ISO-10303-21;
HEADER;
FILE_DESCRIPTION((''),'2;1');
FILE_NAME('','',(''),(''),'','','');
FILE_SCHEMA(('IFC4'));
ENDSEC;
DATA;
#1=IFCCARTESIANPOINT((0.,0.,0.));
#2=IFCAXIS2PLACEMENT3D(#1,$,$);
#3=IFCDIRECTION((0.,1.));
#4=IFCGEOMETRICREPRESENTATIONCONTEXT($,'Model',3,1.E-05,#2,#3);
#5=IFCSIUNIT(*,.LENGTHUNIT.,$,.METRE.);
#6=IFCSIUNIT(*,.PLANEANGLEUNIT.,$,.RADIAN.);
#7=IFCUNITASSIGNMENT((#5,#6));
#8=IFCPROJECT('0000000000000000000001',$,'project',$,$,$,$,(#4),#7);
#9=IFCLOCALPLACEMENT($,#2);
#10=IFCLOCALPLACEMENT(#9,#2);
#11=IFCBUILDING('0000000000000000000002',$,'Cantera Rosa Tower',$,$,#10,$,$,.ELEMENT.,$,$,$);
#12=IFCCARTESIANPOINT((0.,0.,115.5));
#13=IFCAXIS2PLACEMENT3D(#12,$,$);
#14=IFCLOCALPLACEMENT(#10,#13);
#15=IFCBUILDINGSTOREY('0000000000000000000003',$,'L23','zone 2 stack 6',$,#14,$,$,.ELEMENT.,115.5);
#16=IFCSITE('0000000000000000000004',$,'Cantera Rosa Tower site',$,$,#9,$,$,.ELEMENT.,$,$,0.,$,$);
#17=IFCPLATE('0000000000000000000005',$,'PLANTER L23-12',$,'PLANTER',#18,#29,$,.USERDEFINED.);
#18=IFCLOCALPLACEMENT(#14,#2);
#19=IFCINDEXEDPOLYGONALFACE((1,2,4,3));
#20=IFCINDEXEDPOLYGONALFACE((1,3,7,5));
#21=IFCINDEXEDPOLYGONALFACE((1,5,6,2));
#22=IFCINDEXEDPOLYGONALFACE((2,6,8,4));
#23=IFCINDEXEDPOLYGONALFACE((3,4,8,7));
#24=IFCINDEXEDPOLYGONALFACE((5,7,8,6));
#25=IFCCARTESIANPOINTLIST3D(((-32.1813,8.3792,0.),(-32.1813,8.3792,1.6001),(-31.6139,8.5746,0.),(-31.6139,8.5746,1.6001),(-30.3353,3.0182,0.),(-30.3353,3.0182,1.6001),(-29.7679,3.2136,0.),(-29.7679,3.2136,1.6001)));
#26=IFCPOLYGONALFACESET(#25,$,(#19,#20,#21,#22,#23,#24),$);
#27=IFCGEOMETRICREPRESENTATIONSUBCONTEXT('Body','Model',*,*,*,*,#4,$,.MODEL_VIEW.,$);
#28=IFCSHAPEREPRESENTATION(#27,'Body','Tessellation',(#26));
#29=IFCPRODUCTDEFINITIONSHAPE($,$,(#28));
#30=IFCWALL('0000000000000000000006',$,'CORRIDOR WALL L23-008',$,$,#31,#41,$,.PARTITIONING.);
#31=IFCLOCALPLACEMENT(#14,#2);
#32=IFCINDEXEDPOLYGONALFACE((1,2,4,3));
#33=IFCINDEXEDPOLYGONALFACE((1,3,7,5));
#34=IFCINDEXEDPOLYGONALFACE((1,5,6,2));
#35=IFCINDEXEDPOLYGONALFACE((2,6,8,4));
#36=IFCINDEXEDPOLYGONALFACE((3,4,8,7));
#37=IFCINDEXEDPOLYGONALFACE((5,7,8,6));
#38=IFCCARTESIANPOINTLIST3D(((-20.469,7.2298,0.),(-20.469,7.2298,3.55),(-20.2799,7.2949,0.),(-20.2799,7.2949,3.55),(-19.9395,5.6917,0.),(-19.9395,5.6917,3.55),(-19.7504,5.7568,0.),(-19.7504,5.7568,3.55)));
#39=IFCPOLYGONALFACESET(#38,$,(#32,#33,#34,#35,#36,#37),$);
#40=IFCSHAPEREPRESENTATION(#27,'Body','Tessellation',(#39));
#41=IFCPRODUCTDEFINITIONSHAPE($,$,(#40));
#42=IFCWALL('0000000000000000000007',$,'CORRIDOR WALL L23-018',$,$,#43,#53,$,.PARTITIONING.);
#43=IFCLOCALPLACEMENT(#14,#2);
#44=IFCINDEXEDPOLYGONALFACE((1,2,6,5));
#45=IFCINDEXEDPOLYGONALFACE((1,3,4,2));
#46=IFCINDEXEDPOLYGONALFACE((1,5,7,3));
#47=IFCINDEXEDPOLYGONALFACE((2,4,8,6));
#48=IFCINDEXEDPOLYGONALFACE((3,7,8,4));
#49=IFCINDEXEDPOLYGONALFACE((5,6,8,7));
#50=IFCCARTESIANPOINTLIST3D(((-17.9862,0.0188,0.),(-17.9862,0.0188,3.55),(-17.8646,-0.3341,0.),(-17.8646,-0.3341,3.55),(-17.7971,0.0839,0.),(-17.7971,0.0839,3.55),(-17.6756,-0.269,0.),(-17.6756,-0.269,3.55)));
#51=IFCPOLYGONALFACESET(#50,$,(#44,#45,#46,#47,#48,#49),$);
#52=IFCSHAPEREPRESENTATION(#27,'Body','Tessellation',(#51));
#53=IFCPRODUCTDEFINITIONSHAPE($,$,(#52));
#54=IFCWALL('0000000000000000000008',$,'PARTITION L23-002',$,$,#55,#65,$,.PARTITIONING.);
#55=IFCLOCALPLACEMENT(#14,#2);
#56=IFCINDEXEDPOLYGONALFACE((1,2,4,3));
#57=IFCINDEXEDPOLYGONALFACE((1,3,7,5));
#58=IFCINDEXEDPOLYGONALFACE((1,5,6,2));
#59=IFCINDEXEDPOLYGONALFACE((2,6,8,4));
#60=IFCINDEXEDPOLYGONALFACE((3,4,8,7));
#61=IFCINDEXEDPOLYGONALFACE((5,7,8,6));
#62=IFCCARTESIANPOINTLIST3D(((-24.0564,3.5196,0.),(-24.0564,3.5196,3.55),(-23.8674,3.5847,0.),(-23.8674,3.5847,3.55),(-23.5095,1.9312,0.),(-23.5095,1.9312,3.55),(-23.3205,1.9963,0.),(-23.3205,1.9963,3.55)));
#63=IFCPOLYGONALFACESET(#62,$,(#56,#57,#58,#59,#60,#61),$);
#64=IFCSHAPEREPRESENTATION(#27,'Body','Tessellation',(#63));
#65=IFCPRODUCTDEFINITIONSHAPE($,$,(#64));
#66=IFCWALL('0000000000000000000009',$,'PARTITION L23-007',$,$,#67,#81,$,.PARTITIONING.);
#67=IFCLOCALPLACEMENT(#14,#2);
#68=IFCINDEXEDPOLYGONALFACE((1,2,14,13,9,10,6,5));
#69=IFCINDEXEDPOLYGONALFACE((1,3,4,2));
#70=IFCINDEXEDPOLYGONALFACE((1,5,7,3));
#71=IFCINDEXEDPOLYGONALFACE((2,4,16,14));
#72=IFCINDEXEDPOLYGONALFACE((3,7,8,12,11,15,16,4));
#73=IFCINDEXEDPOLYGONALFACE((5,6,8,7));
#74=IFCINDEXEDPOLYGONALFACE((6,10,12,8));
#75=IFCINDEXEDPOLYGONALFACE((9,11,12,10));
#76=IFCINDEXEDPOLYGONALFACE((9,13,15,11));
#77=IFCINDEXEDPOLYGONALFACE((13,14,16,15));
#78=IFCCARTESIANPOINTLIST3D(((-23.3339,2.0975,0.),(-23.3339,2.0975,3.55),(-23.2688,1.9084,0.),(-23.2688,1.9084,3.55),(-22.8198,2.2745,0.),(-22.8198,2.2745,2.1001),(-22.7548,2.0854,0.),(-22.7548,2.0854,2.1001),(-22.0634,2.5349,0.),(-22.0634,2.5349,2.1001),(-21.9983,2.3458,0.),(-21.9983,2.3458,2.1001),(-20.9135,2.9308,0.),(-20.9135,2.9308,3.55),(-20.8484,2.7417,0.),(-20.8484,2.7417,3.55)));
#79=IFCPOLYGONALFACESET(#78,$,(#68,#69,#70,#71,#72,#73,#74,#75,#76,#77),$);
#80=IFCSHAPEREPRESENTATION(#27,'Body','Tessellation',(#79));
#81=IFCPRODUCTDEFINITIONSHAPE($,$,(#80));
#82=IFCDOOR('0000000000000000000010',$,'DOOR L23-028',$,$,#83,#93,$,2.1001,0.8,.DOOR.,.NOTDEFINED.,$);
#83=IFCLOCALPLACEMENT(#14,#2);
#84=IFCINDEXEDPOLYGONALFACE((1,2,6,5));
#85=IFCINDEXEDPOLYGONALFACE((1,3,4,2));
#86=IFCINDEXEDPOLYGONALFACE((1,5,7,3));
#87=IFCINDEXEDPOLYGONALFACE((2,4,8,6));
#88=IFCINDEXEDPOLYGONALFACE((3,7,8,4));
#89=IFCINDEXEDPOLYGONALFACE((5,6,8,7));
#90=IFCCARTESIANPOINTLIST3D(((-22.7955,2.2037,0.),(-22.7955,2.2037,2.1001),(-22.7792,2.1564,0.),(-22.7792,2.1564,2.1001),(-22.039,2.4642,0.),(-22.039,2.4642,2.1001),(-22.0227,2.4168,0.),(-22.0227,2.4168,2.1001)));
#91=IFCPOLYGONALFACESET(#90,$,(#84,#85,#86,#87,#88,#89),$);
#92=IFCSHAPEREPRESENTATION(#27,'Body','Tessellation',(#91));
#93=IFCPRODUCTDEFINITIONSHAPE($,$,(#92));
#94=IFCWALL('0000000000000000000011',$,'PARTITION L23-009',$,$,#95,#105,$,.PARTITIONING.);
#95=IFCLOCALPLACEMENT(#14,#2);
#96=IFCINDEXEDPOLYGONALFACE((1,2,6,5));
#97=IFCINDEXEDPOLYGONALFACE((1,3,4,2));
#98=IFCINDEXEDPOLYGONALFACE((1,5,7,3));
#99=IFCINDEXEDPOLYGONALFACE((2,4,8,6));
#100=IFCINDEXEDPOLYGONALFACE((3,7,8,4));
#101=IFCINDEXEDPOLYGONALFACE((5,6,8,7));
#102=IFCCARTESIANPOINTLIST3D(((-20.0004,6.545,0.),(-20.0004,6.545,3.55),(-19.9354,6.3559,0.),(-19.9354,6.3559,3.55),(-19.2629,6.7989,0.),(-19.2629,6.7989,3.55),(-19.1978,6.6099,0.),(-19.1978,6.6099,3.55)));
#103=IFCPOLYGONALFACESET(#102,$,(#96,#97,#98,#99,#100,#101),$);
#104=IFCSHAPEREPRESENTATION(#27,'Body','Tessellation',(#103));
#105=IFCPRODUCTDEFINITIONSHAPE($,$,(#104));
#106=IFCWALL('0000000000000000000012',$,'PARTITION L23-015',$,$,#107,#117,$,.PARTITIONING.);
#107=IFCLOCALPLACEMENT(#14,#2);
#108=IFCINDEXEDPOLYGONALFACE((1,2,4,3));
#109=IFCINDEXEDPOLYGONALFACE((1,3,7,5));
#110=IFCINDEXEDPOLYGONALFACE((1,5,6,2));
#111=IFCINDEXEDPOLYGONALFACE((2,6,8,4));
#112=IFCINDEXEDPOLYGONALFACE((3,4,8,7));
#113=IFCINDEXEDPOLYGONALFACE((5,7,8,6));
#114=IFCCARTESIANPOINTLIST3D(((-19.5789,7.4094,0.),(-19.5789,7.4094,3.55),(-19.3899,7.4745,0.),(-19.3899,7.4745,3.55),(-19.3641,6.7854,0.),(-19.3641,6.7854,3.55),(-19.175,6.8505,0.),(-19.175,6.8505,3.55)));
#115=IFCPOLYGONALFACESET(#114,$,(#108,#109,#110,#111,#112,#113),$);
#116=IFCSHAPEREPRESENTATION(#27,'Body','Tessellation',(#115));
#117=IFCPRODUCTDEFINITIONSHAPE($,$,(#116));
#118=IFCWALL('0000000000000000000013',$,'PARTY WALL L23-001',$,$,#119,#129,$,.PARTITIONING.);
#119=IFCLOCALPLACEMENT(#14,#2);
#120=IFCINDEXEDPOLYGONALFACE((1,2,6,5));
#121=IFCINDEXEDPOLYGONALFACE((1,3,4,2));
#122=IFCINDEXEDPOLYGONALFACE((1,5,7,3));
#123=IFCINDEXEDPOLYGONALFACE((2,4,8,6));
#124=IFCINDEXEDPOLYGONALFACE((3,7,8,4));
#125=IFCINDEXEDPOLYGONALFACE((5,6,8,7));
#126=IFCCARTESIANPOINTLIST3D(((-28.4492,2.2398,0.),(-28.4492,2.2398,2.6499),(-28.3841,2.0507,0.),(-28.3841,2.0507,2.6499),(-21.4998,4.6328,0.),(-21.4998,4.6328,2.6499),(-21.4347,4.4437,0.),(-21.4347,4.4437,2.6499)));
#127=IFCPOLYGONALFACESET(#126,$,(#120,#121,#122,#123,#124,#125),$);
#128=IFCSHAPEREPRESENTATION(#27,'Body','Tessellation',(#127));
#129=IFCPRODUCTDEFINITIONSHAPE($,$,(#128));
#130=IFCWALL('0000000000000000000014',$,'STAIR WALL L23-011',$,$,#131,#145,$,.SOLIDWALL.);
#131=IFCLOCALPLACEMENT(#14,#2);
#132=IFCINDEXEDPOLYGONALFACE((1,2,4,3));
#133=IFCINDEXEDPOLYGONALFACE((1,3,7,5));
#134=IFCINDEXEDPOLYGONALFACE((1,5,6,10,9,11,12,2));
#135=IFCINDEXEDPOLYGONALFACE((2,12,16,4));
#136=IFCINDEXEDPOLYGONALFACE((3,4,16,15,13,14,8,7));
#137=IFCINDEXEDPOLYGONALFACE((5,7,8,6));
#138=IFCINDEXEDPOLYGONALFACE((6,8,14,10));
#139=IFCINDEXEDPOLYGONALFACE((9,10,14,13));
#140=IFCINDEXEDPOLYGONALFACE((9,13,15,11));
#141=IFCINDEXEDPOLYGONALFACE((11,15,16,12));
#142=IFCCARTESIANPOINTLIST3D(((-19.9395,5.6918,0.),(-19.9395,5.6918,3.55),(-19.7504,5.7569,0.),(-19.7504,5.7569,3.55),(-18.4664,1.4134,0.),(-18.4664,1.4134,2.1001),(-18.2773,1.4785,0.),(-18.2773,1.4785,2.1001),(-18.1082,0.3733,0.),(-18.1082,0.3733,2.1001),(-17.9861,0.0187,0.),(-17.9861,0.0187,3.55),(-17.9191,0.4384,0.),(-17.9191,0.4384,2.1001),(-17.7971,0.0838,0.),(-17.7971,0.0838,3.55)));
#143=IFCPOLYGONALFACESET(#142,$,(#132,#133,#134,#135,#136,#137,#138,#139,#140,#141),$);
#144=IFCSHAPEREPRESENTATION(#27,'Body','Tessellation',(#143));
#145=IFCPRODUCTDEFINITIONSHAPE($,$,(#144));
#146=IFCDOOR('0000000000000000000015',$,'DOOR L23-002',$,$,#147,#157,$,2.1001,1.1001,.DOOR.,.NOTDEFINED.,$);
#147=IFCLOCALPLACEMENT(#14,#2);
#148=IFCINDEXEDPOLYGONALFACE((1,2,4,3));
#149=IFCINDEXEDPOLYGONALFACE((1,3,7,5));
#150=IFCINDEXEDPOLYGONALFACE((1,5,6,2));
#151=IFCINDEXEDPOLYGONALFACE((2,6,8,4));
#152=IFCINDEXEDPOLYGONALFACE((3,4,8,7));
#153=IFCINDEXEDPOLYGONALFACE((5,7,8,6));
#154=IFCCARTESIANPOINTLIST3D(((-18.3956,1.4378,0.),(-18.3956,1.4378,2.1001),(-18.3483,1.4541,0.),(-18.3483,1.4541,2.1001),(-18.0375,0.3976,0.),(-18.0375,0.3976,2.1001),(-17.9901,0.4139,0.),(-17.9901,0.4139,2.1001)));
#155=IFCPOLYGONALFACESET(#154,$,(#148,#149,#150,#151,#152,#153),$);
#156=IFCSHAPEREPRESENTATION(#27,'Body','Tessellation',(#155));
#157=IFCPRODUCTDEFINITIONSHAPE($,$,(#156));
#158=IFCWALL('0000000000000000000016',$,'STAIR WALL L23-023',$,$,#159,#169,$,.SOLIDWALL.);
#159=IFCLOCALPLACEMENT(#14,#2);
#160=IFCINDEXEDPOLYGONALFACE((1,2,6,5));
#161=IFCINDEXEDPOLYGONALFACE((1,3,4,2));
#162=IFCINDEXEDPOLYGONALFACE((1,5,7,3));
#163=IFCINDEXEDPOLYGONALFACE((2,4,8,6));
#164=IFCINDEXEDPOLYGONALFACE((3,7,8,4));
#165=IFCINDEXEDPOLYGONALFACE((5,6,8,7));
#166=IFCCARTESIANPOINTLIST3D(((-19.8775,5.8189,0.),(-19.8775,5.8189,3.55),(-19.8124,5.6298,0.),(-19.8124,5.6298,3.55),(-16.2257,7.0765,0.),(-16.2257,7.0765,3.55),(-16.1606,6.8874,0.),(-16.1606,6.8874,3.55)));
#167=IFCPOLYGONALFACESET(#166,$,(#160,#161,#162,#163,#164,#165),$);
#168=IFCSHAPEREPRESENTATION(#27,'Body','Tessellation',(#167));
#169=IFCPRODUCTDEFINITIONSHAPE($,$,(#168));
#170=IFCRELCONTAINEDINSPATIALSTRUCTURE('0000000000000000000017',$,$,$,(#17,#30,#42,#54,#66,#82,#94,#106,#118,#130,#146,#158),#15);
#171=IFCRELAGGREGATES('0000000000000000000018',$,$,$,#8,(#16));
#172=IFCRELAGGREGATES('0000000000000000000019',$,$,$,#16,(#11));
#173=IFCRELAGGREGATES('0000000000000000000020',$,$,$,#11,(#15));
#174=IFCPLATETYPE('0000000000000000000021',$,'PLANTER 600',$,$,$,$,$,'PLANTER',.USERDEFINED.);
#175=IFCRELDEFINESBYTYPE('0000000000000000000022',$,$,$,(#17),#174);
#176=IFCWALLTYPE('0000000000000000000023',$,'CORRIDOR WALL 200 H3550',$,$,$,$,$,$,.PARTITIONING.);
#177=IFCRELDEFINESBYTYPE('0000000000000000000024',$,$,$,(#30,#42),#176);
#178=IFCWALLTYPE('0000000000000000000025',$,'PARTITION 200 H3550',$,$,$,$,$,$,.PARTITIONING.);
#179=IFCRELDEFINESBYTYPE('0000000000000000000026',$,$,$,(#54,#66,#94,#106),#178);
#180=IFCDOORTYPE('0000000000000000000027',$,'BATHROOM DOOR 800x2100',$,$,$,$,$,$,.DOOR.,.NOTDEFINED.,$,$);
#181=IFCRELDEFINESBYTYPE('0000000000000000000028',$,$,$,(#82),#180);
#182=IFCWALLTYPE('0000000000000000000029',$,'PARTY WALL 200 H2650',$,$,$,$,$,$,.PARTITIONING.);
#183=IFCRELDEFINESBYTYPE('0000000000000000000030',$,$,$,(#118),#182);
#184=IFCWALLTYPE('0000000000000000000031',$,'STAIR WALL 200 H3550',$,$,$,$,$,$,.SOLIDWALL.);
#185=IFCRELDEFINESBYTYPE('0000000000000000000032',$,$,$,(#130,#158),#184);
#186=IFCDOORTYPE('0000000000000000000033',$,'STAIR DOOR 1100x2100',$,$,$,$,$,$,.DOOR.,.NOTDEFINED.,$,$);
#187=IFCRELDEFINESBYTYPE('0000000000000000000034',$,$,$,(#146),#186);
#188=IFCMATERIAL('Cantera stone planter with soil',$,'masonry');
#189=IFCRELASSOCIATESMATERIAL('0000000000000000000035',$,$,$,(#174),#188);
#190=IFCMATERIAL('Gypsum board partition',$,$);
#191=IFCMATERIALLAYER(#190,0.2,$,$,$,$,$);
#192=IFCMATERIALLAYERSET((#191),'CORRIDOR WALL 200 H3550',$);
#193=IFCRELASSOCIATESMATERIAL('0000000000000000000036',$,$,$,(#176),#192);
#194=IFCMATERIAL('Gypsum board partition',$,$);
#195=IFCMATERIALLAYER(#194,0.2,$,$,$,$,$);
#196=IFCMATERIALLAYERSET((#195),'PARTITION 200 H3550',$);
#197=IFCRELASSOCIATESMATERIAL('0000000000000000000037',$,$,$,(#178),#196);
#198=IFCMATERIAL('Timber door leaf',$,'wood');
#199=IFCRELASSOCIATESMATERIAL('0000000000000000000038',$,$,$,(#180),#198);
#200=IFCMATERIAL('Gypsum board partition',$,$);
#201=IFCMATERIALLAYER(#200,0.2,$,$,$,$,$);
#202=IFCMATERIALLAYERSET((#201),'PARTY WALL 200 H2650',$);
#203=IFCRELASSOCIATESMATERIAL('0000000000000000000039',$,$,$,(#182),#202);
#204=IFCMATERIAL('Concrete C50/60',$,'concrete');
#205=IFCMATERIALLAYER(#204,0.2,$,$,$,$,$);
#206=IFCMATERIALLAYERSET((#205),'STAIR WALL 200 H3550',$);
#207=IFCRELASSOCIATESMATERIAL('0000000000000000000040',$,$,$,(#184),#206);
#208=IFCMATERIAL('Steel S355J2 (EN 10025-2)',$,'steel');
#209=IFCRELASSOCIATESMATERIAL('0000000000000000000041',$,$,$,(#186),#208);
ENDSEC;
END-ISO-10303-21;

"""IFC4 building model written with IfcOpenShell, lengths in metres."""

from ifc_helpers import new_model, si_unit, direction, frame, frame_2d, origin, origin_2d, place, context, subcontext, project, spatial, rectangle, extrude, material, layer, layer_set, type_object, element, fill, save


model = new_model("IFC4")

# Units and contexts
model_context = context("Model", 3, precision=1e-05, world=origin(), true_north=direction((0.0, 1.0)))
body_context = subcontext(model_context, "Body", "Model", "MODEL_VIEW")
ifc_project = project(units=[si_unit("LENGTHUNIT", "METRE"), si_unit("PLANEANGLEUNIT", "RADIAN")], contexts=[model_context])

# Site, building, storey
site_placement = place(None, origin())
site = spatial("IfcSite", under=ifc_project, at=site_placement, Name="Cantera Rosa Tower site", CompositionType="ELEMENT", RefElevation=0.0)
building_placement = place(site_placement, origin())
building = spatial("IfcBuilding", under=site, at=building_placement, Name="Cantera Rosa Tower", CompositionType="ELEMENT")
storey_placement = place(building_placement, frame((0.0, 0.0, 115.5)))
storey = spatial("IfcBuildingStorey", under=building, at=storey_placement, Name="L23", Description="zone 2 stack 6", CompositionType="ELEMENT", Elevation=115.5)

# Plate
ifc_material_1 = material(Name="Cantera stone planter with soil", Category="masonry")
plate_type = type_object("IfcPlateType", Name="PLANTER 600", ElementType="PLANTER", PredefinedType="USERDEFINED", material=ifc_material_1)
plate_placement = place(storey_placement, frame((-30.9746, 5.7964, 0.0), z_axis=(0.0, 0.0, 1.0), x_axis=(0.325568, -0.945519, 0.0)))
element("IfcPlate", 1, at=plate_placement, inside=storey, type_object=plate_type, Name="PLANTER L23-12", ObjectType="PLANTER", PredefinedType="USERDEFINED", context=body_context, shape_type="SweptSolid", body=[
    extrude(rectangle(XDim=5.6699, YDim=0.6001, at=origin_2d()), origin(), (0.0, 0.0, 1.0), 1.6001),
])

# Walls
ifc_material_2 = material(Name="Gypsum board partition")
ifc_layer_1 = layer(ifc_material_2, 0.2)
ifc_layer_set_1 = layer_set([ifc_layer_1], Name="CORRIDOR WALL 200 H3550")
wall_type_1 = type_object("IfcWallType", Name="CORRIDOR WALL 200 H3550", PredefinedType="PARTITIONING", material=ifc_layer_set_1)
wall_1_placement = place(storey_placement, frame((-20.3745, 7.2625, 0.0), z_axis=(0.0, 0.0, 1.0), x_axis=(0.325533, -0.945531, 0.0)))
element("IfcWall", 2, at=wall_1_placement, inside=storey, type_object=wall_type_1, Name="CORRIDOR WALL L23-008", PredefinedType="PARTITIONING", context=body_context, shape_type="SweptSolid", body=[
    extrude(rectangle(XDim=1.6267, YDim=0.2, at=frame_2d((0.8135, 0.0))), origin(), (0.0, 0.0, 1.0), 3.55),
])
wall_2_placement = place(storey_placement, frame((-17.8916, 0.0513, 0.0), z_axis=(0.0, 0.0, 1.0), x_axis=(0.325628, -0.945498, 0.0)))
element("IfcWall", 3, at=wall_2_placement, inside=storey, type_object=wall_type_1, Name="CORRIDOR WALL L23-018", PredefinedType="PARTITIONING", context=body_context, shape_type="SweptSolid", body=[
    extrude(rectangle(XDim=0.3733, YDim=0.2, at=frame_2d((0.1865, 0.0))), origin(), (0.0, 0.0, 1.0), 3.55),
])

# Wall
ifc_material_3 = material(Name="Gypsum board partition")
ifc_layer_2 = layer(ifc_material_3, 0.2)
ifc_layer_set_2 = layer_set([ifc_layer_2], Name="PARTITION 200 H3550")
wall_type_2 = type_object("IfcWallType", Name="PARTITION 200 H3550", PredefinedType="PARTITIONING", material=ifc_layer_set_2)
wall_3_placement = place(storey_placement, frame((-23.415, 1.9639, 0.0), z_axis=(0.0, 0.0, 1.0), x_axis=(-0.325543, 0.945527, 0.0)))
element("IfcWall", 4, at=wall_3_placement, inside=storey, type_object=wall_type_2, Name="PARTITION L23-002", PredefinedType="PARTITIONING", context=body_context, shape_type="SweptSolid", body=[
    extrude(rectangle(XDim=1.6799, YDim=0.2, at=frame_2d((0.8398, 0.0))), origin(), (0.0, 0.0, 1.0), 3.55),
])

# Wall, opening, door
wall_4_placement = place(storey_placement, frame((-20.8811, 2.8362, 0.0), z_axis=(0.0, 0.0, 1.0), x_axis=(-0.945538, -0.325512, 0.0)))
wall_4 = element("IfcWall", 5, at=wall_4_placement, inside=storey, type_object=wall_type_2, Name="PARTITION L23-007", PredefinedType="PARTITIONING", context=body_context, shape_type="SweptSolid", body=[
    extrude(rectangle(XDim=2.5598, YDim=0.2, at=frame_2d((1.2798, 0.0))), origin(), (0.0, 0.0, 1.0), 3.55),
])
opening_1_placement = place(wall_4_placement, frame((1.2161, 0.0, 0.0)))
opening_1 = element("IfcOpeningElement", 6, at=opening_1_placement, cuts=wall_4, PredefinedType="OPENING", context=body_context, shape_type="SweptSolid", body=[
    extrude(rectangle(XDim=0.8, YDim=2.1001, at=frame_2d((0.3999, 1.05))), frame((0.0, 0.1099, 0.0), z_axis=(0.0, -1.0, 0.0), x_axis=(1.0, 0.0, 0.0)), (0.0, 0.0, 1.0), 0.22),
])
ifc_material_4 = material(Name="Timber door leaf", Category="wood")
door_type_1 = type_object("IfcDoorType", Name="BATHROOM DOOR 800x2100", OperationType="NOTDEFINED", PredefinedType="DOOR", material=ifc_material_4)
door_1_placement = place(opening_1_placement, origin())
door_1 = element("IfcDoor", 7, at=door_1_placement, inside=storey, type_object=door_type_1, Name="DOOR L23-028", OperationType="NOTDEFINED", OverallHeight=2.1001, OverallWidth=0.8, PredefinedType="DOOR", context=body_context, shape_type="SweptSolid", body=[
    extrude(rectangle(XDim=0.8, YDim=2.1001, at=frame_2d((0.3999, 1.05))), frame((0.0, 0.0249, 0.0), z_axis=(0.0, -1.0, 0.0), x_axis=(1.0, 0.0, 0.0)), (0.0, 0.0, 1.0), 0.05),
])
fill(opening_1, door_1)

# Walls
wall_5_placement = place(storey_placement, frame((-19.968, 6.4504, 0.0), z_axis=(0.0, 0.0, 1.0), x_axis=(0.945539, 0.325508, 0.0)))
element("IfcWall", 8, at=wall_5_placement, inside=storey, type_object=wall_type_2, Name="PARTITION L23-009", PredefinedType="PARTITIONING", context=body_context, shape_type="SweptSolid", body=[
    extrude(rectangle(XDim=0.78, YDim=0.2, at=frame_2d((0.3901, 0.0))), origin(), (0.0, 0.0, 1.0), 3.55),
])
wall_6_placement = place(storey_placement, frame((-19.2695, 6.8179, 0.0), z_axis=(0.0, 0.0, 1.0), x_axis=(-0.325535, 0.94553, 0.0)))
element("IfcWall", 9, at=wall_6_placement, inside=storey, type_object=wall_type_2, Name="PARTITION L23-015", PredefinedType="PARTITIONING", context=body_context, shape_type="SweptSolid", body=[
    extrude(rectangle(XDim=0.6599, YDim=0.2, at=frame_2d((0.3301, 0.0))), origin(), (0.0, 0.0, 1.0), 3.55),
])
ifc_material_5 = material(Name="Gypsum board partition")
ifc_layer_3 = layer(ifc_material_5, 0.2)
ifc_layer_set_3 = layer_set([ifc_layer_3], Name="PARTY WALL 200 H2650")
wall_type_3 = type_object("IfcWallType", Name="PARTY WALL 200 H2650", PredefinedType="PARTITIONING", material=ifc_layer_set_3)
wall_7_placement = place(storey_placement, frame((-28.4165, 2.1453, 0.0), z_axis=(0.0, 0.0, 1.0), x_axis=(0.945511, 0.325589, 0.0)))
element("IfcWall", 10, at=wall_7_placement, inside=storey, type_object=wall_type_3, Name="PARTY WALL L23-001", PredefinedType="PARTITIONING", context=body_context, shape_type="SweptSolid", body=[
    extrude(rectangle(XDim=7.3499, YDim=0.2, at=frame_2d((3.6748, 0.0))), origin(), (0.0, 0.0, 1.0), 2.6499),
])

# Wall, opening, door
ifc_material_6 = material(Name="Concrete C50/60", Category="concrete")
ifc_layer_4 = layer(ifc_material_6, 0.2)
ifc_layer_set_4 = layer_set([ifc_layer_4], Name="STAIR WALL 200 H3550")
wall_type_4 = type_object("IfcWallType", Name="STAIR WALL 200 H3550", PredefinedType="SOLIDWALL", material=ifc_layer_set_4)
wall_8_placement = place(storey_placement, frame((-19.845, 5.7244, 0.0), z_axis=(0.0, 0.0, 1.0), x_axis=(0.325563, -0.94552, 0.0)))
wall_8 = element("IfcWall", 11, at=wall_8_placement, inside=storey, type_object=wall_type_4, Name="STAIR WALL L23-011", PredefinedType="SOLIDWALL", context=body_context, shape_type="SweptSolid", body=[
    extrude(rectangle(XDim=6.0, YDim=0.2, at=frame_2d((3.0, 0.0))), origin(), (0.0, 0.0, 1.0), 3.55),
])
opening_2_placement = place(wall_8_placement, frame((4.5249, 0.0, 0.0)))
opening_2 = element("IfcOpeningElement", 12, at=opening_2_placement, cuts=wall_8, PredefinedType="OPENING", context=body_context, shape_type="SweptSolid", body=[
    extrude(rectangle(XDim=1.1001, YDim=2.1001, at=frame_2d((0.55, 1.05))), frame((0.0, 0.1099, 0.0), z_axis=(0.0, -1.0, 0.0), x_axis=(1.0, 0.0, 0.0)), (0.0, 0.0, 1.0), 0.22),
])
ifc_material_7 = material(Name="Steel S355J2 (EN 10025-2)", Category="steel")
door_type_2 = type_object("IfcDoorType", Name="STAIR DOOR 1100x2100", OperationType="NOTDEFINED", PredefinedType="DOOR", material=ifc_material_7)
door_2_placement = place(opening_2_placement, origin())
door_2 = element("IfcDoor", 13, at=door_2_placement, inside=storey, type_object=door_type_2, Name="DOOR L23-002", OperationType="NOTDEFINED", OverallHeight=2.1001, OverallWidth=1.1001, PredefinedType="DOOR", context=body_context, shape_type="SweptSolid", body=[
    extrude(rectangle(XDim=1.1001, YDim=2.1001, at=frame_2d((0.55, 1.05))), frame((0.0, 0.0249, 0.0), z_axis=(0.0, -1.0, 0.0), x_axis=(1.0, 0.0, 0.0)), (0.0, 0.0, 1.0), 0.05),
])
fill(opening_2, door_2)

# Wall
wall_9_placement = place(storey_placement, frame((-16.1931, 6.9819, 0.0), z_axis=(0.0, 0.0, 1.0), x_axis=(-0.945508, -0.325599, 0.0)))
element("IfcWall", 14, at=wall_9_placement, inside=storey, type_object=wall_type_4, Name="STAIR WALL L23-023", PredefinedType="SOLIDWALL", context=body_context, shape_type="SweptSolid", body=[
    extrude(rectangle(XDim=3.8623, YDim=0.2, at=frame_2d((1.9312, 0.0))), origin(), (0.0, 0.0, 1.0), 3.55),
])

save(model, "model.ifc")
